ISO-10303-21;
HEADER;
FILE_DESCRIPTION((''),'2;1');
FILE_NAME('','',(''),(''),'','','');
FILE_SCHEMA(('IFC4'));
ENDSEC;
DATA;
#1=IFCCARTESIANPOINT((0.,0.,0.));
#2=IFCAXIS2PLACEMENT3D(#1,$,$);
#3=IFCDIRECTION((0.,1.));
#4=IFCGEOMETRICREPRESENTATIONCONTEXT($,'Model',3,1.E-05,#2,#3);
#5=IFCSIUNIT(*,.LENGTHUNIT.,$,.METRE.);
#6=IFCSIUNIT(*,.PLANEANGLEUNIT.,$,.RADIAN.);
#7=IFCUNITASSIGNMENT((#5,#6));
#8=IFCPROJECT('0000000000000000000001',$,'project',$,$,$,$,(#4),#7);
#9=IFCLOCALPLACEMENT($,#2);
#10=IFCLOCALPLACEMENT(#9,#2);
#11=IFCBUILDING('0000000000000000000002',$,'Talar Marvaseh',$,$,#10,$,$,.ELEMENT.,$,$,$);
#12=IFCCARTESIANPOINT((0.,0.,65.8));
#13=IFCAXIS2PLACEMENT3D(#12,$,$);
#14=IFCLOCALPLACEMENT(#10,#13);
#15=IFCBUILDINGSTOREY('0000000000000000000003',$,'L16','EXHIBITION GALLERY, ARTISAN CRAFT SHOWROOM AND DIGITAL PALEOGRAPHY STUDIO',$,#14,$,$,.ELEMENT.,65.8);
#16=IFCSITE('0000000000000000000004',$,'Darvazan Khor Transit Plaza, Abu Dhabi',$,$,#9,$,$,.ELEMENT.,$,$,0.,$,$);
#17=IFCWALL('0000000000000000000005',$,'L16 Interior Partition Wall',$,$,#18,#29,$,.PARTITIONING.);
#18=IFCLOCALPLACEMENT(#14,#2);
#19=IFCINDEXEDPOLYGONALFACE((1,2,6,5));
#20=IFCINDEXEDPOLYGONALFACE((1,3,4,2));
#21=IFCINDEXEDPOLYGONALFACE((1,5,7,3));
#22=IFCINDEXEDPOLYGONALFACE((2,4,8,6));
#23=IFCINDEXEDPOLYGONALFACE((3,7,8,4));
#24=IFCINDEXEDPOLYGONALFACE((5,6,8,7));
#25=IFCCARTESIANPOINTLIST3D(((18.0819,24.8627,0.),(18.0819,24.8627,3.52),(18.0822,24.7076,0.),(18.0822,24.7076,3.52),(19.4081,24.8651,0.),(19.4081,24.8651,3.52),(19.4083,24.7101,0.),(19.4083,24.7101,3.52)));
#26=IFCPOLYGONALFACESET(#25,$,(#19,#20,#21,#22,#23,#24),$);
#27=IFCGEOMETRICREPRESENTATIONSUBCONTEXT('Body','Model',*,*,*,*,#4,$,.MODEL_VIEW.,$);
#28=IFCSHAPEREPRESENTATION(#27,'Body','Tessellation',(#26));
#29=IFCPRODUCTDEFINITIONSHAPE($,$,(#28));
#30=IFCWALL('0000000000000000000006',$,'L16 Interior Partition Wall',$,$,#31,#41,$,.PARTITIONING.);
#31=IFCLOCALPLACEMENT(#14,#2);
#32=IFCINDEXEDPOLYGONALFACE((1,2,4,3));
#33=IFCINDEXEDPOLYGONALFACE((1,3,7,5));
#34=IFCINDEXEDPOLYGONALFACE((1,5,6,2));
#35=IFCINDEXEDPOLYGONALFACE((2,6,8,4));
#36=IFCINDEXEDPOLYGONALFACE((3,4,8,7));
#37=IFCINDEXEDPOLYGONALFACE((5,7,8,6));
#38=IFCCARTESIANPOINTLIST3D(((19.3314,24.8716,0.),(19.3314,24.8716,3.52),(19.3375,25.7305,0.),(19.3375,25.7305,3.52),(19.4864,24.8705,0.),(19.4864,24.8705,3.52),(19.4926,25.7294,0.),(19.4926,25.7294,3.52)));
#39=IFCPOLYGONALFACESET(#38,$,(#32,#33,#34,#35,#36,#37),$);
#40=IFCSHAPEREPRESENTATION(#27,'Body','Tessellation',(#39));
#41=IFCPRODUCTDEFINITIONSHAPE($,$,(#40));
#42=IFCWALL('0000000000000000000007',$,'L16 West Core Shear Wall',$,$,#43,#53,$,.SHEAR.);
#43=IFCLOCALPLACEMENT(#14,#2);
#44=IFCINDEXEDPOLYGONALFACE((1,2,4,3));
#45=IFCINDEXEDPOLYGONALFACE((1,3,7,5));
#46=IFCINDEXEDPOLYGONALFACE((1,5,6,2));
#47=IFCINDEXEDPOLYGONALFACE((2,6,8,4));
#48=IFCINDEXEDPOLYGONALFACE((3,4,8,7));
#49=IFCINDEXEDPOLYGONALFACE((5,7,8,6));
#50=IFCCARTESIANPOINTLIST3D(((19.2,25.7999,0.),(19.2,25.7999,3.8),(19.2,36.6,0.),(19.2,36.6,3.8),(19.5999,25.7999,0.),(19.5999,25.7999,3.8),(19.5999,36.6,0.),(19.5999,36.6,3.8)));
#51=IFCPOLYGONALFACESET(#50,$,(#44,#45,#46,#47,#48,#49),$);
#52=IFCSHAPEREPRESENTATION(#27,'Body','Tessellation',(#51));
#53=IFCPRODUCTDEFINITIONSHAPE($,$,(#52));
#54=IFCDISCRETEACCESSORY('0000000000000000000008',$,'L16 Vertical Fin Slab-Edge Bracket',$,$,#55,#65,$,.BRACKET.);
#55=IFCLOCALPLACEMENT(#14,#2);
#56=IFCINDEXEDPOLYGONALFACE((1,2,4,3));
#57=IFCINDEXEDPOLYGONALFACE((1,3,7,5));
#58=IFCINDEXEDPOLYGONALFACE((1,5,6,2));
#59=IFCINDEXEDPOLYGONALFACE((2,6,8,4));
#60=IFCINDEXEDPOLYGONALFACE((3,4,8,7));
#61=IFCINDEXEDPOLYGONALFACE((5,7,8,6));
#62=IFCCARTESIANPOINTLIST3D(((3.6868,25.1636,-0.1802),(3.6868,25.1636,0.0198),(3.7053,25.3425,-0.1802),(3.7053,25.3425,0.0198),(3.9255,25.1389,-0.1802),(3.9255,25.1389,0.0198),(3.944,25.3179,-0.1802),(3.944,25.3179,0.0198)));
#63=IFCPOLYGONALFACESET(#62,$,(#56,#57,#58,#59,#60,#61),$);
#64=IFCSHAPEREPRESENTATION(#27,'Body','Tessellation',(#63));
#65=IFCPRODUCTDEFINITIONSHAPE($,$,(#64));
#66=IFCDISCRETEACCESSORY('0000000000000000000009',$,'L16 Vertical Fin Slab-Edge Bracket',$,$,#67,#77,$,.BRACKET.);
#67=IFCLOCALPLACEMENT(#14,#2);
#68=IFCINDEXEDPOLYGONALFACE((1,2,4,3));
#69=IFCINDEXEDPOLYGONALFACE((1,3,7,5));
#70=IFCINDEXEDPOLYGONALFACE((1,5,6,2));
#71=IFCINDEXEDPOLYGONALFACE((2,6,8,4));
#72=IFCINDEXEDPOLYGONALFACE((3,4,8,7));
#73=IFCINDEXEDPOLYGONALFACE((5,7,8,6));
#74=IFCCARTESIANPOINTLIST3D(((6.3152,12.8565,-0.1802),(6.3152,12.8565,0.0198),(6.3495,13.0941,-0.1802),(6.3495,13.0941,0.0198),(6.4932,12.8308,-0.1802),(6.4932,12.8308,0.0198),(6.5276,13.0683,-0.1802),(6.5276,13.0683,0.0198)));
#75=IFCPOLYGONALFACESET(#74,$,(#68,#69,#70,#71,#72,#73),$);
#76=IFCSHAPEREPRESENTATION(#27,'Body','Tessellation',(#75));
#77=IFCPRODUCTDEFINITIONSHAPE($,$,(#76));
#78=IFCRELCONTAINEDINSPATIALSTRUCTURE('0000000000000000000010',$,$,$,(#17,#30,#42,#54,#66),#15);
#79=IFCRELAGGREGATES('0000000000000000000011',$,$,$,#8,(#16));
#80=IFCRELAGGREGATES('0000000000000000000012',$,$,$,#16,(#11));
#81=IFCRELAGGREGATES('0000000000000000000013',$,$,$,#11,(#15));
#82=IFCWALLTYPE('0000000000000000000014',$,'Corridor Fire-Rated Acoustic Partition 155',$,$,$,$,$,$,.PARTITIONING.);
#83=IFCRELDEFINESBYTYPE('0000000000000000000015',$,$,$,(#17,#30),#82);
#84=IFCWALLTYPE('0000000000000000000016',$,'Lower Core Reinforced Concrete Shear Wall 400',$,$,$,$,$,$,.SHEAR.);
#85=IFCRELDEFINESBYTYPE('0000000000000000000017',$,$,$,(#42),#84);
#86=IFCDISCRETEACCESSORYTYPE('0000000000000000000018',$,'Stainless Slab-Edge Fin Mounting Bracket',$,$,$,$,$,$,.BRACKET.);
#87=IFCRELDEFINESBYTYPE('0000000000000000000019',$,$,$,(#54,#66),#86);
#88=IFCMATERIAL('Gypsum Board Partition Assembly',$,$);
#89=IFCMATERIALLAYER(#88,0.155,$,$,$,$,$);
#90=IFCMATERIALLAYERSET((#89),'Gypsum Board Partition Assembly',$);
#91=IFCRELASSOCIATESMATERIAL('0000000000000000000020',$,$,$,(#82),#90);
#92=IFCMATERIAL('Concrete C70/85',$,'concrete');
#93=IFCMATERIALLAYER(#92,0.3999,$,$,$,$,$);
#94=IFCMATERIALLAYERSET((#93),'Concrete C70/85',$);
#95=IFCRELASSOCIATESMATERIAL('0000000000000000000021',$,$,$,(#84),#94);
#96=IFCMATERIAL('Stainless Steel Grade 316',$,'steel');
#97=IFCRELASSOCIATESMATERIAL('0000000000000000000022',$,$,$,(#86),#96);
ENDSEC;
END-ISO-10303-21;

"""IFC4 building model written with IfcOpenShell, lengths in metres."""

from ifc_helpers import new_model, si_unit, direction, frame, frame_2d, origin, origin_2d, place, context, subcontext, project, spatial, rectangle, extrude, source, transform, mapped, material, layer, layer_set, type_object, type_shapes, element, save


model = new_model("IFC4")

# Units and contexts
model_context = context("Model", 3, precision=1e-05, world=origin(), true_north=direction((0.0, 1.0)))
body_context = subcontext(model_context, "Body", "Model", "MODEL_VIEW")
ifc_project = project(units=[si_unit("LENGTHUNIT", "METRE"), si_unit("PLANEANGLEUNIT", "RADIAN")], contexts=[model_context])

# Site, building, storey
site_placement = place(None, origin())
site = spatial("IfcSite", under=ifc_project, at=site_placement, Name="Darvazan Khor Transit Plaza, Abu Dhabi", CompositionType="ELEMENT", RefElevation=0.0)
building_placement = place(site_placement, origin())
building = spatial("IfcBuilding", under=site, at=building_placement, Name="Talar Marvaseh", CompositionType="ELEMENT")
storey_placement = place(building_placement, frame((0.0, 0.0, 65.8)))
storey = spatial("IfcBuildingStorey", under=building, at=storey_placement, Name="L16", Description="EXHIBITION GALLERY, ARTISAN CRAFT SHOWROOM AND DIGITAL PALEOGRAPHY STUDIO", CompositionType="ELEMENT", Elevation=65.8)

# Shared definitions
ifc_material_1 = material(Name="Concrete C70/85", Category="concrete")

# Shared definitions
ifc_material_2 = material(Name="Gypsum Board Partition Assembly")
ifc_layer_1 = layer(ifc_material_2, 0.155)
ifc_layer_set_1 = layer_set([ifc_layer_1], Name="Gypsum Board Partition Assembly")
wall_type_1 = type_object("IfcWallType", Name="Corridor Fire-Rated Acoustic Partition 155", PredefinedType="PARTITIONING", material=ifc_layer_set_1)

# Walls
wall_1_placement = place(storey_placement, frame((18.082, 24.7852, 0.0), z_axis=(0.0, 0.0, 1.0), x_axis=(0.999998, 0.001841, 0.0)))
element("IfcWall", 1, at=wall_1_placement, inside=storey, type_object=wall_type_1, Name="L16 Interior Partition Wall", PredefinedType="PARTITIONING", context=body_context, shape_type="SweptSolid", body=[
    extrude(rectangle(XDim=1.3262, YDim=0.155, at=frame_2d((0.6631, 0.0))), origin(), (0.0, 0.0, 1.0), 3.52),
])
wall_2_placement = place(storey_placement, frame((19.4089, 24.8711, 0.0), z_axis=(0.0, 0.0, 1.0), x_axis=(0.007106, 0.999975, 0.0)))
element("IfcWall", 2, at=wall_2_placement, inside=storey, type_object=wall_type_1, Name="L16 Interior Partition Wall", PredefinedType="PARTITIONING", context=body_context, shape_type="SweptSolid", body=[
    extrude(rectangle(XDim=0.8589, YDim=0.155, at=frame_2d((0.4294, 0.0))), origin(), (0.0, 0.0, 1.0), 3.52),
])
ifc_layer_2 = layer(ifc_material_1, 0.3999)
ifc_layer_set_2 = layer_set([ifc_layer_2], Name="Concrete C70/85")
wall_type_2 = type_object("IfcWallType", Name="Lower Core Reinforced Concrete Shear Wall 400", PredefinedType="SHEAR", material=ifc_layer_set_2)
wall_3_placement = place(storey_placement, frame((19.3999, 25.8, 0.0), z_axis=(0.0, 0.0, 1.0), x_axis=(0.0, 1.0, 0.0)))
element("IfcWall", 3, at=wall_3_placement, inside=storey, type_object=wall_type_2, Name="L16 West Core Shear Wall", PredefinedType="SHEAR", context=body_context, shape_type="SweptSolid", body=[
    extrude(rectangle(XDim=10.8, YDim=0.3999, at=frame_2d((5.3999, 0.0))), origin(), (0.0, 0.0, 1.0), 3.8),
])

# Discrete accessories
ifc_material_3 = material(Name="Stainless Steel Grade 316", Category="steel")
discrete_accessory_type = type_object("IfcDiscreteAccessoryType", Name="Stainless Slab-Edge Fin Mounting Bracket", PredefinedType="BRACKET", material=ifc_material_3)
shared_shape_1 = source(origin(), body_context, "Body", "SweptSolid", [
    extrude(rectangle(XDim=0.24, YDim=0.1799, at=origin_2d()), origin(), (0.0, 0.0, 1.0), 0.2),
])
type_shapes(discrete_accessory_type, [shared_shape_1])
for number, where, z_axis, x_axis, name in (
    (4, (3.8154, 25.2407, -0.1802), (0.0, 0.0, 1.0), (-0.994703, 0.102793, 0.0), "L16 Vertical Fin Slab-Edge Bracket"),
    (5, (6.4214, 12.9624, -0.1802), (0.0, 0.0, 1.0), (-0.14332, -0.989676, 0.0), "L16 Vertical Fin Slab-Edge Bracket"),
):
    element("IfcDiscreteAccessory", number, at=place(storey_placement, frame(where, z_axis=z_axis, x_axis=x_axis)), inside=storey, type_object=discrete_accessory_type, Name=name, PredefinedType="BRACKET", context=body_context, shape_type="MappedRepresentation", body=[
        mapped(shared_shape_1, transform((0.0, 0.0, 0.0), x_axis=(1.0, 0.0, 0.0), y_axis=(0.0, 1.0, 0.0), z_axis=(0.0, 0.0, 1.0), scale=1.0)),
    ])

save(model, "model.ifc")
